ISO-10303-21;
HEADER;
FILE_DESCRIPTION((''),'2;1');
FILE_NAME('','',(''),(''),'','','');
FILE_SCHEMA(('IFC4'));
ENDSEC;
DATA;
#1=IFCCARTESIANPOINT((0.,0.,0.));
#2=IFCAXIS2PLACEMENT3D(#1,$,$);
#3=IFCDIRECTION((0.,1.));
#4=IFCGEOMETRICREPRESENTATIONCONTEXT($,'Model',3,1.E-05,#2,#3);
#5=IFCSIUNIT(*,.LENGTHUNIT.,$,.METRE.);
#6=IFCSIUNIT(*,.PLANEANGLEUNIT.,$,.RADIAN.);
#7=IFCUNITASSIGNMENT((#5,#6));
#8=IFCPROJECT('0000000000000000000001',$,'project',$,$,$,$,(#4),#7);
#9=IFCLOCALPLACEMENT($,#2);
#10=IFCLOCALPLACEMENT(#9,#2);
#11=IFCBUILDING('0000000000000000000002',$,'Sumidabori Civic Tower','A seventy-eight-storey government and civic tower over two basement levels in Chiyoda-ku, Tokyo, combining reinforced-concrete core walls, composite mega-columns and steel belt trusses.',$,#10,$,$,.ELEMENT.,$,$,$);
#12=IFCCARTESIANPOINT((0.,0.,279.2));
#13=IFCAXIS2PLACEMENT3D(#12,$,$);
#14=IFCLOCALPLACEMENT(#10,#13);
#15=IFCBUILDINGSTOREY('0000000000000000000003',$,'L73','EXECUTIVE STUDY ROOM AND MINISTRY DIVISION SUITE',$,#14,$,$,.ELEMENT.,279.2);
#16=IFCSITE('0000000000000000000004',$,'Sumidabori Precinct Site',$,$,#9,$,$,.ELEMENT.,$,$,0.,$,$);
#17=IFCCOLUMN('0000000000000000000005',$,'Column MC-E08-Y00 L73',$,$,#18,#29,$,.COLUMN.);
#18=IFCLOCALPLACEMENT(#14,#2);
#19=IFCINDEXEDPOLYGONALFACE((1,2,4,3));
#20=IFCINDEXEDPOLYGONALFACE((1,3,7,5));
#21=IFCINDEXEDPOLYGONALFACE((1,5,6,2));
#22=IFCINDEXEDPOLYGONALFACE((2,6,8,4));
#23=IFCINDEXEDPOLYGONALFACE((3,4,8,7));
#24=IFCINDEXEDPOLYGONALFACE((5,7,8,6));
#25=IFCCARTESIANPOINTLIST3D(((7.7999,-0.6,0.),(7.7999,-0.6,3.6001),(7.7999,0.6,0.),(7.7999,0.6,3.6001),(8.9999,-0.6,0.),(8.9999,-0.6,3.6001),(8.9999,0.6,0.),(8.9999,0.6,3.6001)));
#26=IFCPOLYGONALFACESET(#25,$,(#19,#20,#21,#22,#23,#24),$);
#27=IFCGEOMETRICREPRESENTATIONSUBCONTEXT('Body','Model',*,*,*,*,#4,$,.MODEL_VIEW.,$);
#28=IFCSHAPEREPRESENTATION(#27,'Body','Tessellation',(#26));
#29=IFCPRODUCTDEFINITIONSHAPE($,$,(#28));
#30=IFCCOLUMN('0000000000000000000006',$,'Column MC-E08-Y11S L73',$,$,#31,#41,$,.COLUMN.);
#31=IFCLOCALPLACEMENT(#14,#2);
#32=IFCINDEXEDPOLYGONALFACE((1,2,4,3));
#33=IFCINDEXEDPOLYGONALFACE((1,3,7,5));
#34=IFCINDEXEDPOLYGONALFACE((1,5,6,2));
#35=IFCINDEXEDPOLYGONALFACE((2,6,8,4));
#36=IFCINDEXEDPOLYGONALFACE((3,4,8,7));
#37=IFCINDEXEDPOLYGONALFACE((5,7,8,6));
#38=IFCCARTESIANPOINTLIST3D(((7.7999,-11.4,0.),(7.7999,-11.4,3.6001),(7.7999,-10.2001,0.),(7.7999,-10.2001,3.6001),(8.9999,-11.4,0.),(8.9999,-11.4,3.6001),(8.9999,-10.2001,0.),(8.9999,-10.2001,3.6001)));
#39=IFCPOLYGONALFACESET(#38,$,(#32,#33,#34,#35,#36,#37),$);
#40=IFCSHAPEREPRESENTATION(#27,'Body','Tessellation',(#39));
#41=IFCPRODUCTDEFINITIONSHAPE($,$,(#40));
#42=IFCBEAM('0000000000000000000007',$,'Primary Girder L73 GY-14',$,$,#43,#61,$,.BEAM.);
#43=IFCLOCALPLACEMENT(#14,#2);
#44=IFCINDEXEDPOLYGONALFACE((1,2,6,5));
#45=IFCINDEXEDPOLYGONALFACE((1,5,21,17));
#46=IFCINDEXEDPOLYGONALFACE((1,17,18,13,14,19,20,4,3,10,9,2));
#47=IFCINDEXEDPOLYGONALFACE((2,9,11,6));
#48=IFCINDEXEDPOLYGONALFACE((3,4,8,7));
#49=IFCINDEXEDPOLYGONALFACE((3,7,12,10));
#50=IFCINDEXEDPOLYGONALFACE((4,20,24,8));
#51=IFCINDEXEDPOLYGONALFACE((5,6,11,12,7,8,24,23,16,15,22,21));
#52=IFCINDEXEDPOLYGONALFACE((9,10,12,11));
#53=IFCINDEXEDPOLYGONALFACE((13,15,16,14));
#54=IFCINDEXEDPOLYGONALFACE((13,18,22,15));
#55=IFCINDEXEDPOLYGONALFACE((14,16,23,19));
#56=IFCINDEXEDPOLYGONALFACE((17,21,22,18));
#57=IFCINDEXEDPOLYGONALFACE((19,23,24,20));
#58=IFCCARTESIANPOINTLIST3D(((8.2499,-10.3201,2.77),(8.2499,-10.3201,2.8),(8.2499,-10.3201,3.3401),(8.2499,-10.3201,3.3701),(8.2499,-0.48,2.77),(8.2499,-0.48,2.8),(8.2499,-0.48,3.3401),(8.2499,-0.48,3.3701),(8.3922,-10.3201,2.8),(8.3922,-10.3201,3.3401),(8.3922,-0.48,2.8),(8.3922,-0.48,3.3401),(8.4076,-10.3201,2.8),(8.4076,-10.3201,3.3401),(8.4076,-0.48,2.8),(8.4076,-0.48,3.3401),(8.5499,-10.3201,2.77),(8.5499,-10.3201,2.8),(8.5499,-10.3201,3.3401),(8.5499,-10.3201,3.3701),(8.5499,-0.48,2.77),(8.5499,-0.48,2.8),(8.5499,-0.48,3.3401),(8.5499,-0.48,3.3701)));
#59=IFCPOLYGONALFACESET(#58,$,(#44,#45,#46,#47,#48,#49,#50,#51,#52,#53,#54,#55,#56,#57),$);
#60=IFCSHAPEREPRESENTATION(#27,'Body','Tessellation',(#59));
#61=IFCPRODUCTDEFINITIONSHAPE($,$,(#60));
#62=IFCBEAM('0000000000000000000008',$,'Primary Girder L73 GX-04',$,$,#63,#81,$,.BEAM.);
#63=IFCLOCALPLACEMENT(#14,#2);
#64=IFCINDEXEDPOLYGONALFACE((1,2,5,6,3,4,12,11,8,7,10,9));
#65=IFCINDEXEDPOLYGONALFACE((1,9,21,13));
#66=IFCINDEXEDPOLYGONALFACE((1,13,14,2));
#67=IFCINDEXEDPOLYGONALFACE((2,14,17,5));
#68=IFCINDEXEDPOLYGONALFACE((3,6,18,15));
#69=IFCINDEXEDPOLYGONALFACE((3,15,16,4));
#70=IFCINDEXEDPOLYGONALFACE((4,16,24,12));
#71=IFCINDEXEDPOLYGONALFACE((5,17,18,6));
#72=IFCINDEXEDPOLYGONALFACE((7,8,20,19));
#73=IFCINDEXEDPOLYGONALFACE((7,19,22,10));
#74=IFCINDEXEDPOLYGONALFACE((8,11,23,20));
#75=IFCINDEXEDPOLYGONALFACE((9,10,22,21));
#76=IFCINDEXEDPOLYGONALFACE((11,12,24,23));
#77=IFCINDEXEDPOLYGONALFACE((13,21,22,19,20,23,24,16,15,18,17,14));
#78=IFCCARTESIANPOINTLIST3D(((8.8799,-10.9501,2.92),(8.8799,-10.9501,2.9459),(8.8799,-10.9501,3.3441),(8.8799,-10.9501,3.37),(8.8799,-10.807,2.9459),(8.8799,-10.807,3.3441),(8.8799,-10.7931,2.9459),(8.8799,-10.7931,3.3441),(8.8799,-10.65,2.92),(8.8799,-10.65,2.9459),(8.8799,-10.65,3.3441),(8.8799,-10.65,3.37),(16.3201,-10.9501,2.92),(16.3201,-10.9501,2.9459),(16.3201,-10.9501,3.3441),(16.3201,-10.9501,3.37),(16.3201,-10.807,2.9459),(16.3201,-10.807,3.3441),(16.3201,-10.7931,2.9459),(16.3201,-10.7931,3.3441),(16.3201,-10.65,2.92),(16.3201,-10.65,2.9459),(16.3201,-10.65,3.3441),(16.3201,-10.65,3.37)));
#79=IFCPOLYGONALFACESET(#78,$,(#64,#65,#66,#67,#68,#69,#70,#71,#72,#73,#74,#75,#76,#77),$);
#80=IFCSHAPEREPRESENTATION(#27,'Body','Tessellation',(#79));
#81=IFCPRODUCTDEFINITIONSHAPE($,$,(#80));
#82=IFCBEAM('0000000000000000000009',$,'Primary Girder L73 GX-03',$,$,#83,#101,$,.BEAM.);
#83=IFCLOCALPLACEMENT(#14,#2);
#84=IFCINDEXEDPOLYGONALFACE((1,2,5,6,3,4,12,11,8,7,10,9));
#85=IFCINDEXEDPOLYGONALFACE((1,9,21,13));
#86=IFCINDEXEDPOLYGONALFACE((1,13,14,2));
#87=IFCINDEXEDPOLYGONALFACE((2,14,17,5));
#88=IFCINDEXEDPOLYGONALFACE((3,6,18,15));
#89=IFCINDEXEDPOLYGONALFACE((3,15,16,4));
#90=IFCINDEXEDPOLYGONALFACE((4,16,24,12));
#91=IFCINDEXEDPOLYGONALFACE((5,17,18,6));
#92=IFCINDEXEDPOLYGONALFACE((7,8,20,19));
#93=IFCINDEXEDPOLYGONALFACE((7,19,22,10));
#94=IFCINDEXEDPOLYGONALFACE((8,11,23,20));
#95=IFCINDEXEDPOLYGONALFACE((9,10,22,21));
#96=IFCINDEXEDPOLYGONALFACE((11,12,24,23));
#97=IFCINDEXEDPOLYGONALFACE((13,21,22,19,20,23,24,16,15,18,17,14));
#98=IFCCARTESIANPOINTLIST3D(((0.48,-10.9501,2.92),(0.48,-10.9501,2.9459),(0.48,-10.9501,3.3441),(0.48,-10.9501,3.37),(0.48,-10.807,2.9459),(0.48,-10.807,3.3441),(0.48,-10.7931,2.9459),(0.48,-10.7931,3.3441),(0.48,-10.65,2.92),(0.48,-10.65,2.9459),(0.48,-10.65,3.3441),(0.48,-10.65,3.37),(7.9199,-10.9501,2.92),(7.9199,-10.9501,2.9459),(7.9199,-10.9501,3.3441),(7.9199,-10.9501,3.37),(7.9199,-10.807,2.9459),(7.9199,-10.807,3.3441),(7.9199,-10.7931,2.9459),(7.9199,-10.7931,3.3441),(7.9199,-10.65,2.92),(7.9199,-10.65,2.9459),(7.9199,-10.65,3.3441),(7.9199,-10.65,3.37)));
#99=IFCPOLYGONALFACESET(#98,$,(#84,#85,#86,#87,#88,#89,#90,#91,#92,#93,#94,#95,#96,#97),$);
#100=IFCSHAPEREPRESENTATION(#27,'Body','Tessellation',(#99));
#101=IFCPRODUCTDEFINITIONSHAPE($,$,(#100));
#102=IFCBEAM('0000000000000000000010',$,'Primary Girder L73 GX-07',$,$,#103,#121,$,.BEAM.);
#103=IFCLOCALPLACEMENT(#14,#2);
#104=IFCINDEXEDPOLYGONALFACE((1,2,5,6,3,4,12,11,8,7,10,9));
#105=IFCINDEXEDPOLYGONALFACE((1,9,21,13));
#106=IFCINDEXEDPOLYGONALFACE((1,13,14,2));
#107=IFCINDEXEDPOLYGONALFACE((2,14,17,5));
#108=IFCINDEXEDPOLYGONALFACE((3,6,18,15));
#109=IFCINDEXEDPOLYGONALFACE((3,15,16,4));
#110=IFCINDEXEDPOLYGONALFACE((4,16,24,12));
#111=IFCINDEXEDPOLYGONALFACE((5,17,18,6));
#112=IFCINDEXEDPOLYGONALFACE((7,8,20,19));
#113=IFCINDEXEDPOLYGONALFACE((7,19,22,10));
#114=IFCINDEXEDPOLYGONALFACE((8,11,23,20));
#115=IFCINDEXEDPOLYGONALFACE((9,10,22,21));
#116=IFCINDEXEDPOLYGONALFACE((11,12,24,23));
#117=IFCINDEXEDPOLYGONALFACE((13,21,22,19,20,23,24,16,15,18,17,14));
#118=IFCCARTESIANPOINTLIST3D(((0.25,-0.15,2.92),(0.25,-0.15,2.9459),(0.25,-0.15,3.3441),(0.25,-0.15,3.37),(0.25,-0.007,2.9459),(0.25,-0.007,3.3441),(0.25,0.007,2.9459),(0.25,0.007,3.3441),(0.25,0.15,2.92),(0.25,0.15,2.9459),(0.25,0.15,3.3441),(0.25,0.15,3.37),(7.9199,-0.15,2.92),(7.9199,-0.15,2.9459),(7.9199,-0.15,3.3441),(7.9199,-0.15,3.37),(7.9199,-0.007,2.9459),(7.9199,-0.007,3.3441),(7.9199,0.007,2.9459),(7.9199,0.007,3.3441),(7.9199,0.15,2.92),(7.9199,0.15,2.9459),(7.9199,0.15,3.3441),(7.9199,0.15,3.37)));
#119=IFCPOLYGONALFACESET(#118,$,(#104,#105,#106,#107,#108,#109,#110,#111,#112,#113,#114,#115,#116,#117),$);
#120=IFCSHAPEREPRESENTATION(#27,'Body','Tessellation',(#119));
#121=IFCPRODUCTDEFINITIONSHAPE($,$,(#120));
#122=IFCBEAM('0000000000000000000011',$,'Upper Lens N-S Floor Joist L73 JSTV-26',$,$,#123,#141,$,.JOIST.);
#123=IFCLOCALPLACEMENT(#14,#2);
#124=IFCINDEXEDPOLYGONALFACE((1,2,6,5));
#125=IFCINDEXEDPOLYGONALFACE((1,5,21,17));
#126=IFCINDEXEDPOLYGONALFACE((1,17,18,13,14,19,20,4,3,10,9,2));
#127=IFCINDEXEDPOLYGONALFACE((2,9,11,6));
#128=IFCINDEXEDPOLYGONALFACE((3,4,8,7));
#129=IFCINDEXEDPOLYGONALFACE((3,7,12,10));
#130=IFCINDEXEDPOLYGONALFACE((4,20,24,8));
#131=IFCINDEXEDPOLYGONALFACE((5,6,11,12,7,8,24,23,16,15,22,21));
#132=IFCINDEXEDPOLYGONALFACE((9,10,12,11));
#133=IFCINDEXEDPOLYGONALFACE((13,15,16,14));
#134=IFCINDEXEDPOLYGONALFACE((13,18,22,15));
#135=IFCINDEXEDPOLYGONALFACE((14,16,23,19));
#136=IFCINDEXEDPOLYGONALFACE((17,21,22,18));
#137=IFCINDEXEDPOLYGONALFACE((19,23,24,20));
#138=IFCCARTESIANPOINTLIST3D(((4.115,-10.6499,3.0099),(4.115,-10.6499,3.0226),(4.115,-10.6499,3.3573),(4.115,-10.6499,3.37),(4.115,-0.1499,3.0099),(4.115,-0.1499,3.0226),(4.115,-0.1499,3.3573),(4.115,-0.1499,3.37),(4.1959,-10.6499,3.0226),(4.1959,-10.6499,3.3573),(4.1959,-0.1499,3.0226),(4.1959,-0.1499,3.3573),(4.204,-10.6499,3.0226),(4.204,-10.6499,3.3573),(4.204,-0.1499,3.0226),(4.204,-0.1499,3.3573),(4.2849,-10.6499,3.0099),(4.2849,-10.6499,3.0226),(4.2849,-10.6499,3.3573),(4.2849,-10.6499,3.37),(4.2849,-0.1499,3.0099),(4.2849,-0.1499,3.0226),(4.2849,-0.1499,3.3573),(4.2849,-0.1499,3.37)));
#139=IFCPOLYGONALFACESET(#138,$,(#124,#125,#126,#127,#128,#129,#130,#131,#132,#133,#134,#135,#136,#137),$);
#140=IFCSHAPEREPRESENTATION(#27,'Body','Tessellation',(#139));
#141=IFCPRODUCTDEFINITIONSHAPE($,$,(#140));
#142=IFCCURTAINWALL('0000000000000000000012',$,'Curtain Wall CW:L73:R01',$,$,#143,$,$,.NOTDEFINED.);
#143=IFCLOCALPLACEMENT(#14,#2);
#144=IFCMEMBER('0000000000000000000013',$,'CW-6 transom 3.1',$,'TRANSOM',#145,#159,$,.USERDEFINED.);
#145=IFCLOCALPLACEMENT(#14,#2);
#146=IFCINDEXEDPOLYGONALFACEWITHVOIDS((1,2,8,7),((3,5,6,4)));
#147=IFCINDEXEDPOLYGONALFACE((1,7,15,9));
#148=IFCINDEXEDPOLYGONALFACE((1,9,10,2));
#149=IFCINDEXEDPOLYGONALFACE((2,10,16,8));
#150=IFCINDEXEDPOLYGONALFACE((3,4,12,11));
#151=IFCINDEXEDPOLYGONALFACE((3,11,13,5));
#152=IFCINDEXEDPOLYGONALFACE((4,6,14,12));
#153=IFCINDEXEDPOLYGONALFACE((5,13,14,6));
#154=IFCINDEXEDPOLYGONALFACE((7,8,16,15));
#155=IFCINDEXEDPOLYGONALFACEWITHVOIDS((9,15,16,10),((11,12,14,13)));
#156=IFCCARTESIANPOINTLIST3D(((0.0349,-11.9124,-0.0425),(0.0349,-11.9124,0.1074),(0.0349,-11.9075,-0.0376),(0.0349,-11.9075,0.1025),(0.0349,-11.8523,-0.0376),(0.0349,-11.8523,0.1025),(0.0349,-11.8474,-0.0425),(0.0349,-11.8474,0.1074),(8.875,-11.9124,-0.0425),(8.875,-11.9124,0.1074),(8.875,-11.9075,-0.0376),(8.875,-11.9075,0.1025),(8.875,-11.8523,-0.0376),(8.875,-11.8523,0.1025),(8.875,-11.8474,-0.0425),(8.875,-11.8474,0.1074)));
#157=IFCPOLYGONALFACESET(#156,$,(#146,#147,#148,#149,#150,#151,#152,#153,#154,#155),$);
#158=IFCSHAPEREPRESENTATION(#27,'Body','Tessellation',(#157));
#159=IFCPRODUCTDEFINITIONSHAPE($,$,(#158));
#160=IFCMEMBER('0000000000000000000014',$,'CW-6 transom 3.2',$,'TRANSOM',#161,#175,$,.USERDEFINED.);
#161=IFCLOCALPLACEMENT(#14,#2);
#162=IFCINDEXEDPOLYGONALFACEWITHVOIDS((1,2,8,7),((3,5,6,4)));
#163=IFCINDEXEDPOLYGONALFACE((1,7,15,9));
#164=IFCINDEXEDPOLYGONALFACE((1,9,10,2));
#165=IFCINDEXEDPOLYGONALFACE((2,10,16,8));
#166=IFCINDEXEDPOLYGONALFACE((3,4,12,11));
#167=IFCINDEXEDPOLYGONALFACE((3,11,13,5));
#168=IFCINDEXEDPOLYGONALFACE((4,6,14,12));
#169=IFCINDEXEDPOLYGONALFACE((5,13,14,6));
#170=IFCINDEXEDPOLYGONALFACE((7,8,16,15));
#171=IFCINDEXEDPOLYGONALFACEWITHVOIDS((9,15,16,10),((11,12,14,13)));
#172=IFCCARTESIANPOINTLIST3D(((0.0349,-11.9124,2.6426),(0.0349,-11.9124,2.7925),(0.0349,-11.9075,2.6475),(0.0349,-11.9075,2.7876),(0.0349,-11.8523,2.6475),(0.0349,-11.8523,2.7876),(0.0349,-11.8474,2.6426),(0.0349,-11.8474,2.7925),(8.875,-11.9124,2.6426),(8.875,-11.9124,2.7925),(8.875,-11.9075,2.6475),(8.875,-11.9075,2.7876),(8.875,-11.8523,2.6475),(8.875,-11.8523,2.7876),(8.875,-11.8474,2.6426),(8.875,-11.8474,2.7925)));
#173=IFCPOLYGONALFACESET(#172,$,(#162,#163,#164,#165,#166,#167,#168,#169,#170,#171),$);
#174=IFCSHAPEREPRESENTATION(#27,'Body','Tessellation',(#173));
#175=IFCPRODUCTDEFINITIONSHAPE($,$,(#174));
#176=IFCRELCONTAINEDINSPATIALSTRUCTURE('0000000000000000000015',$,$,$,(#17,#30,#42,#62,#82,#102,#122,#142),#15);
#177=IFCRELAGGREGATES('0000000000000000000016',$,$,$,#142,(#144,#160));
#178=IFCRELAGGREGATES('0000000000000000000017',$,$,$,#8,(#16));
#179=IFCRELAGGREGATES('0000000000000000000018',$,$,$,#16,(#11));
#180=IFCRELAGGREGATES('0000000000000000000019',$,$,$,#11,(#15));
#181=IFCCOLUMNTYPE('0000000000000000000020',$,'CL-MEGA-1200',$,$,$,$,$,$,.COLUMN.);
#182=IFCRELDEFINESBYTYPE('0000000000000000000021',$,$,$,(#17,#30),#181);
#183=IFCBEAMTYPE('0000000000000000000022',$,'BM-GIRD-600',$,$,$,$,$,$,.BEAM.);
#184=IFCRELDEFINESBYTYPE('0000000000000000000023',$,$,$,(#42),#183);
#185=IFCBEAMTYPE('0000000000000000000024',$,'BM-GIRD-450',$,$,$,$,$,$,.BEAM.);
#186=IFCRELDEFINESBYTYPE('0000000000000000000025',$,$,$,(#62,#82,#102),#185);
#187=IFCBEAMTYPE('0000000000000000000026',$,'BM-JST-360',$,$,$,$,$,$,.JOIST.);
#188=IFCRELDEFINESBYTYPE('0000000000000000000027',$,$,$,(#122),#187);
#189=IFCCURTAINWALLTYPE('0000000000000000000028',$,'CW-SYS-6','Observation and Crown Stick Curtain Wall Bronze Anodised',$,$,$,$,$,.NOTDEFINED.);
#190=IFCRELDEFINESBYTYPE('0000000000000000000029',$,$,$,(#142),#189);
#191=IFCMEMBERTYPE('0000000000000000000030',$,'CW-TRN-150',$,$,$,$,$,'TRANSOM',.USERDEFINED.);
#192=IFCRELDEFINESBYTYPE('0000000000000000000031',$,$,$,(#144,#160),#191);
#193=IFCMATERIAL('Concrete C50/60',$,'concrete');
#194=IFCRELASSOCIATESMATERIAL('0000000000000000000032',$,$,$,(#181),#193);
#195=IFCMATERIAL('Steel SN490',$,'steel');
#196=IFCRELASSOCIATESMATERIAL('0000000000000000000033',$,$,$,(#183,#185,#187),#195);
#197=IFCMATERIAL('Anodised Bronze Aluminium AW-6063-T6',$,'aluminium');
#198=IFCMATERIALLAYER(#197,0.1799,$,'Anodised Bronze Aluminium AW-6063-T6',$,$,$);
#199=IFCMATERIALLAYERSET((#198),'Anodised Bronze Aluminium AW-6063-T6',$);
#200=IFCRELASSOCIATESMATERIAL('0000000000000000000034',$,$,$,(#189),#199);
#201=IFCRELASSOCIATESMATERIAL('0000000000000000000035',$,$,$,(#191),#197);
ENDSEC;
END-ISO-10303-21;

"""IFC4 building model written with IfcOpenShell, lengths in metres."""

from ifc_helpers import new_model, si_unit, direction, frame, origin, origin_2d, place, context, subcontext, project, spatial, rectangle, hollow_rectangle, i_section, extrude, source, transform, mapped, material, layer, layer_set, material_profile, profile_set, type_object, element, aggregate, save


model = new_model("IFC4")

# Units and contexts
model_context = context("Model", 3, precision=1e-05, world=origin(), true_north=direction((0.0, 1.0)))
body_context = subcontext(model_context, "Body", "Model", "MODEL_VIEW")
ifc_project = project(units=[si_unit("LENGTHUNIT", "METRE"), si_unit("PLANEANGLEUNIT", "RADIAN")], contexts=[model_context])

# Site, building, storey
site_placement = place(None, origin())
site = spatial("IfcSite", under=ifc_project, at=site_placement, Name="Sumidabori Precinct Site", CompositionType="ELEMENT", RefElevation=0.0)
building_placement = place(site_placement, origin())
building = spatial("IfcBuilding", under=site, at=building_placement, Name="Sumidabori Civic Tower", Description="A seventy-eight-storey government and civic tower over two basement levels in Chiyoda-ku, Tokyo, combining reinforced-concrete core walls, composite mega-columns and steel belt trusses.", CompositionType="ELEMENT")
storey_placement = place(building_placement, frame((0.0, 0.0, 279.2)))
storey = spatial("IfcBuildingStorey", under=building, at=storey_placement, Name="L73", Description="EXECUTIVE STUDY ROOM AND MINISTRY DIVISION SUITE", CompositionType="ELEMENT", Elevation=279.2)

# Columns
ifc_material_1 = material(Name="Concrete C50/60", Category="concrete")
ifc_material_profile_1 = material_profile(ifc_material_1, rectangle(XDim=1.2, YDim=1.2, at=origin_2d()), Name="RC 1200x1200")
ifc_profile_set_1 = profile_set([ifc_material_profile_1], Name="Concrete C50/60")
column_type = type_object("IfcColumnType", Name="CL-MEGA-1200", PredefinedType="COLUMN", material=ifc_profile_set_1)
shared_shape_1 = source(origin(), body_context, "Body", "SweptSolid", [
    extrude(rectangle(XDim=1.2, YDim=1.2, at=origin_2d()), origin(), (0.0, 0.0, 1.0), 3.6001),
])
for number, where, z_axis, x_axis, name in (
    (1, (8.3999, 0.0, 0.0), (0.0, 0.0, 1.0), (1.0, 0.0, 0.0), "Column MC-E08-Y00 L73"),
    (2, (8.3999, -10.8, 0.0), (0.0, 0.0, 1.0), (1.0, 0.0, 0.0), "Column MC-E08-Y11S L73"),
):
    element("IfcColumn", number, at=place(storey_placement, frame(where, z_axis=z_axis, x_axis=x_axis)), inside=storey, type_object=column_type, Name=name, PredefinedType="COLUMN", context=body_context, shape_type="MappedRepresentation", body=[
        mapped(shared_shape_1, transform((0.0, 0.0, 0.0), x_axis=(1.0, 0.0, 0.0), y_axis=(0.0, 1.0, 0.0), z_axis=(0.0, 0.0, 1.0), scale=1.0)),
    ])

# Beams
ifc_material_2 = material(Name="Steel SN490", Category="steel")
ifc_material_profile_2 = material_profile(ifc_material_2, i_section(OverallWidth=0.3, OverallDepth=0.6001, WebThickness=0.0154, FlangeThickness=0.03, at=origin_2d()), Name="HE 600 B")
ifc_profile_set_2 = profile_set([ifc_material_profile_2], Name="Steel SN490")
beam_type_1 = type_object("IfcBeamType", Name="BM-GIRD-600", PredefinedType="BEAM", material=ifc_profile_set_2)
shared_shape_2 = source(origin(), body_context, "Body", "SweptSolid", [
    extrude(i_section(OverallWidth=0.3, OverallDepth=0.6001, WebThickness=0.0154, FlangeThickness=0.03, at=origin_2d()), origin(), (0.0, 0.0, 1.0), 9.8401),
])
beam_1_placement = place(storey_placement, frame((8.3999, -10.3201, 3.0701), z_axis=(0.0, 1.0, 0.0), x_axis=(-1.0, 0.0, 0.0)))
element("IfcBeam", 3, at=beam_1_placement, inside=storey, type_object=beam_type_1, Name="Primary Girder L73 GY-14", PredefinedType="BEAM", context=body_context, shape_type="MappedRepresentation", body=[
    mapped(shared_shape_2, transform((0.0, 0.0, 0.0), x_axis=(1.0, 0.0, 0.0), y_axis=(0.0, 1.0, 0.0), z_axis=(0.0, 0.0, 1.0), scale=1.0)),
])
ifc_material_profile_3 = material_profile(ifc_material_2, i_section(OverallWidth=0.3, OverallDepth=0.45, WebThickness=0.0139, FlangeThickness=0.0259, at=origin_2d()), Name="HE 450 B")
ifc_profile_set_3 = profile_set([ifc_material_profile_3], Name="Steel SN490")
beam_type_2 = type_object("IfcBeamType", Name="BM-GIRD-450", PredefinedType="BEAM", material=ifc_profile_set_3)
shared_shape_3 = source(origin(), body_context, "Body", "SweptSolid", [
    extrude(i_section(OverallWidth=0.3, OverallDepth=0.45, WebThickness=0.0139, FlangeThickness=0.0259, at=origin_2d()), origin(), (0.0, 0.0, 1.0), 7.4402),
])
beam_2_placement = place(storey_placement, frame((8.8799, -10.8, 3.145), z_axis=(1.0, 0.0, 0.0), x_axis=(0.0, 1.0, 0.0)))
element("IfcBeam", 4, at=beam_2_placement, inside=storey, type_object=beam_type_2, Name="Primary Girder L73 GX-04", PredefinedType="BEAM", context=body_context, shape_type="MappedRepresentation", body=[
    mapped(shared_shape_3, transform((0.0, 0.0, 0.0), x_axis=(1.0, 0.0, 0.0), y_axis=(0.0, 1.0, 0.0), z_axis=(0.0, 0.0, 1.0), scale=1.0)),
])
shared_shape_4 = source(origin(), body_context, "Body", "SweptSolid", [
    extrude(i_section(OverallWidth=0.3, OverallDepth=0.45, WebThickness=0.0139, FlangeThickness=0.0259, at=origin_2d()), origin(), (0.0, 0.0, 1.0), 7.4399),
])
beam_3_placement = place(storey_placement, frame((0.48, -10.8, 3.145), z_axis=(1.0, 0.0, 0.0), x_axis=(0.0, 1.0, 0.0)))
element("IfcBeam", 5, at=beam_3_placement, inside=storey, type_object=beam_type_2, Name="Primary Girder L73 GX-03", PredefinedType="BEAM", context=body_context, shape_type="MappedRepresentation", body=[
    mapped(shared_shape_4, transform((0.0, 0.0, 0.0), x_axis=(1.0, 0.0, 0.0), y_axis=(0.0, 1.0, 0.0), z_axis=(0.0, 0.0, 1.0), scale=1.0)),
])
shared_shape_5 = source(origin(), body_context, "Body", "SweptSolid", [
    extrude(i_section(OverallWidth=0.3, OverallDepth=0.45, WebThickness=0.0139, FlangeThickness=0.0259, at=origin_2d()), origin(), (0.0, 0.0, 1.0), 7.6699),
])
beam_4_placement = place(storey_placement, frame((0.25, 0.0, 3.145), z_axis=(1.0, 0.0, 0.0), x_axis=(0.0, 1.0, 0.0)))
element("IfcBeam", 6, at=beam_4_placement, inside=storey, type_object=beam_type_2, Name="Primary Girder L73 GX-07", PredefinedType="BEAM", context=body_context, shape_type="MappedRepresentation", body=[
    mapped(shared_shape_5, transform((0.0, 0.0, 0.0), x_axis=(1.0, 0.0, 0.0), y_axis=(0.0, 1.0, 0.0), z_axis=(0.0, 0.0, 1.0), scale=1.0)),
])
ifc_material_profile_4 = material_profile(ifc_material_2, i_section(OverallWidth=0.1699, OverallDepth=0.3601, WebThickness=0.0081, FlangeThickness=0.0127, at=origin_2d()), Name="IPE 360")
ifc_profile_set_4 = profile_set([ifc_material_profile_4], Name="Steel SN490")
beam_type_3 = type_object("IfcBeamType", Name="BM-JST-360", PredefinedType="JOIST", material=ifc_profile_set_4)
shared_shape_6 = source(origin(), body_context, "Body", "SweptSolid", [
    extrude(i_section(OverallWidth=0.1699, OverallDepth=0.3601, WebThickness=0.0081, FlangeThickness=0.0127, at=origin_2d()), origin(), (0.0, 0.0, 1.0), 10.5),
])
beam_5_placement = place(storey_placement, frame((4.2, -10.6499, 3.1899), z_axis=(0.0, 1.0, 0.0), x_axis=(-1.0, 0.0, 0.0)))
element("IfcBeam", 7, at=beam_5_placement, inside=storey, type_object=beam_type_3, Name="Upper Lens N-S Floor Joist L73 JSTV-26", PredefinedType="JOIST", context=body_context, shape_type="MappedRepresentation", body=[
    mapped(shared_shape_6, transform((0.0, 0.0, 0.0), x_axis=(1.0, 0.0, 0.0), y_axis=(0.0, 1.0, 0.0), z_axis=(0.0, 0.0, 1.0), scale=1.0)),
])

# Curtain wall, members
ifc_material_3 = material(Name="Anodised Bronze Aluminium AW-6063-T6", Category="aluminium")
ifc_layer_1 = layer(ifc_material_3, 0.1799, Name="Anodised Bronze Aluminium AW-6063-T6")
ifc_layer_set_1 = layer_set([ifc_layer_1], Name="Anodised Bronze Aluminium AW-6063-T6")
curtain_wall_type = type_object("IfcCurtainWallType", Name="CW-SYS-6", Description="Observation and Crown Stick Curtain Wall Bronze Anodised", PredefinedType="NOTDEFINED", material=ifc_layer_set_1)
curtain_wall_placement = place(storey_placement, origin())
curtain_wall = element("IfcCurtainWall", 8, at=curtain_wall_placement, inside=storey, type_object=curtain_wall_type, Name="Curtain Wall CW:L73:R01", PredefinedType="NOTDEFINED")
ifc_material_profile_5 = material_profile(ifc_material_3, hollow_rectangle(XDim=0.0649, YDim=0.1499, WallThickness=0.0049, at=origin_2d()), Name="ALU TRANSOM 150x65")
ifc_profile_set_5 = profile_set([ifc_material_profile_5], Name="Anodised Bronze Aluminium AW-6063-T6")
member_type = type_object("IfcMemberType", Name="CW-TRN-150", ElementType="TRANSOM", PredefinedType="USERDEFINED", material=ifc_profile_set_5)
shared_shape_7 = source(origin(), body_context, "Body", "SweptSolid", [
    extrude(hollow_rectangle(XDim=0.0649, YDim=0.1499, WallThickness=0.0049, at=origin_2d()), origin(), (0.0, 0.0, 1.0), 8.8401),
])
member_1_placement = place(storey_placement, frame((0.0349, -11.8799, 0.0325), z_axis=(1.0, 0.0, 0.0), x_axis=(0.0, 1.0, 0.0)))
member_1 = element("IfcMember", 9, at=member_1_placement, type_object=member_type, Name="CW-6 transom 3.1", ObjectType="TRANSOM", PredefinedType="USERDEFINED", context=body_context, shape_type="MappedRepresentation", body=[
    mapped(shared_shape_7, transform((0.0, 0.0, 0.0), x_axis=(1.0, 0.0, 0.0), y_axis=(0.0, 1.0, 0.0), z_axis=(0.0, 0.0, 1.0), scale=1.0)),
])
member_2_placement = place(storey_placement, frame((0.0349, -11.8799, 2.7175), z_axis=(1.0, 0.0, 0.0), x_axis=(0.0, 1.0, 0.0)))
member_2 = element("IfcMember", 10, at=member_2_placement, type_object=member_type, Name="CW-6 transom 3.2", ObjectType="TRANSOM", PredefinedType="USERDEFINED", context=body_context, shape_type="MappedRepresentation", body=[
    mapped(shared_shape_7, transform((0.0, 0.0, 0.0), x_axis=(1.0, 0.0, 0.0), y_axis=(0.0, 1.0, 0.0), z_axis=(0.0, 0.0, 1.0), scale=1.0)),
])

aggregate(curtain_wall, [member_1, member_2])

save(model, "model.ifc")
